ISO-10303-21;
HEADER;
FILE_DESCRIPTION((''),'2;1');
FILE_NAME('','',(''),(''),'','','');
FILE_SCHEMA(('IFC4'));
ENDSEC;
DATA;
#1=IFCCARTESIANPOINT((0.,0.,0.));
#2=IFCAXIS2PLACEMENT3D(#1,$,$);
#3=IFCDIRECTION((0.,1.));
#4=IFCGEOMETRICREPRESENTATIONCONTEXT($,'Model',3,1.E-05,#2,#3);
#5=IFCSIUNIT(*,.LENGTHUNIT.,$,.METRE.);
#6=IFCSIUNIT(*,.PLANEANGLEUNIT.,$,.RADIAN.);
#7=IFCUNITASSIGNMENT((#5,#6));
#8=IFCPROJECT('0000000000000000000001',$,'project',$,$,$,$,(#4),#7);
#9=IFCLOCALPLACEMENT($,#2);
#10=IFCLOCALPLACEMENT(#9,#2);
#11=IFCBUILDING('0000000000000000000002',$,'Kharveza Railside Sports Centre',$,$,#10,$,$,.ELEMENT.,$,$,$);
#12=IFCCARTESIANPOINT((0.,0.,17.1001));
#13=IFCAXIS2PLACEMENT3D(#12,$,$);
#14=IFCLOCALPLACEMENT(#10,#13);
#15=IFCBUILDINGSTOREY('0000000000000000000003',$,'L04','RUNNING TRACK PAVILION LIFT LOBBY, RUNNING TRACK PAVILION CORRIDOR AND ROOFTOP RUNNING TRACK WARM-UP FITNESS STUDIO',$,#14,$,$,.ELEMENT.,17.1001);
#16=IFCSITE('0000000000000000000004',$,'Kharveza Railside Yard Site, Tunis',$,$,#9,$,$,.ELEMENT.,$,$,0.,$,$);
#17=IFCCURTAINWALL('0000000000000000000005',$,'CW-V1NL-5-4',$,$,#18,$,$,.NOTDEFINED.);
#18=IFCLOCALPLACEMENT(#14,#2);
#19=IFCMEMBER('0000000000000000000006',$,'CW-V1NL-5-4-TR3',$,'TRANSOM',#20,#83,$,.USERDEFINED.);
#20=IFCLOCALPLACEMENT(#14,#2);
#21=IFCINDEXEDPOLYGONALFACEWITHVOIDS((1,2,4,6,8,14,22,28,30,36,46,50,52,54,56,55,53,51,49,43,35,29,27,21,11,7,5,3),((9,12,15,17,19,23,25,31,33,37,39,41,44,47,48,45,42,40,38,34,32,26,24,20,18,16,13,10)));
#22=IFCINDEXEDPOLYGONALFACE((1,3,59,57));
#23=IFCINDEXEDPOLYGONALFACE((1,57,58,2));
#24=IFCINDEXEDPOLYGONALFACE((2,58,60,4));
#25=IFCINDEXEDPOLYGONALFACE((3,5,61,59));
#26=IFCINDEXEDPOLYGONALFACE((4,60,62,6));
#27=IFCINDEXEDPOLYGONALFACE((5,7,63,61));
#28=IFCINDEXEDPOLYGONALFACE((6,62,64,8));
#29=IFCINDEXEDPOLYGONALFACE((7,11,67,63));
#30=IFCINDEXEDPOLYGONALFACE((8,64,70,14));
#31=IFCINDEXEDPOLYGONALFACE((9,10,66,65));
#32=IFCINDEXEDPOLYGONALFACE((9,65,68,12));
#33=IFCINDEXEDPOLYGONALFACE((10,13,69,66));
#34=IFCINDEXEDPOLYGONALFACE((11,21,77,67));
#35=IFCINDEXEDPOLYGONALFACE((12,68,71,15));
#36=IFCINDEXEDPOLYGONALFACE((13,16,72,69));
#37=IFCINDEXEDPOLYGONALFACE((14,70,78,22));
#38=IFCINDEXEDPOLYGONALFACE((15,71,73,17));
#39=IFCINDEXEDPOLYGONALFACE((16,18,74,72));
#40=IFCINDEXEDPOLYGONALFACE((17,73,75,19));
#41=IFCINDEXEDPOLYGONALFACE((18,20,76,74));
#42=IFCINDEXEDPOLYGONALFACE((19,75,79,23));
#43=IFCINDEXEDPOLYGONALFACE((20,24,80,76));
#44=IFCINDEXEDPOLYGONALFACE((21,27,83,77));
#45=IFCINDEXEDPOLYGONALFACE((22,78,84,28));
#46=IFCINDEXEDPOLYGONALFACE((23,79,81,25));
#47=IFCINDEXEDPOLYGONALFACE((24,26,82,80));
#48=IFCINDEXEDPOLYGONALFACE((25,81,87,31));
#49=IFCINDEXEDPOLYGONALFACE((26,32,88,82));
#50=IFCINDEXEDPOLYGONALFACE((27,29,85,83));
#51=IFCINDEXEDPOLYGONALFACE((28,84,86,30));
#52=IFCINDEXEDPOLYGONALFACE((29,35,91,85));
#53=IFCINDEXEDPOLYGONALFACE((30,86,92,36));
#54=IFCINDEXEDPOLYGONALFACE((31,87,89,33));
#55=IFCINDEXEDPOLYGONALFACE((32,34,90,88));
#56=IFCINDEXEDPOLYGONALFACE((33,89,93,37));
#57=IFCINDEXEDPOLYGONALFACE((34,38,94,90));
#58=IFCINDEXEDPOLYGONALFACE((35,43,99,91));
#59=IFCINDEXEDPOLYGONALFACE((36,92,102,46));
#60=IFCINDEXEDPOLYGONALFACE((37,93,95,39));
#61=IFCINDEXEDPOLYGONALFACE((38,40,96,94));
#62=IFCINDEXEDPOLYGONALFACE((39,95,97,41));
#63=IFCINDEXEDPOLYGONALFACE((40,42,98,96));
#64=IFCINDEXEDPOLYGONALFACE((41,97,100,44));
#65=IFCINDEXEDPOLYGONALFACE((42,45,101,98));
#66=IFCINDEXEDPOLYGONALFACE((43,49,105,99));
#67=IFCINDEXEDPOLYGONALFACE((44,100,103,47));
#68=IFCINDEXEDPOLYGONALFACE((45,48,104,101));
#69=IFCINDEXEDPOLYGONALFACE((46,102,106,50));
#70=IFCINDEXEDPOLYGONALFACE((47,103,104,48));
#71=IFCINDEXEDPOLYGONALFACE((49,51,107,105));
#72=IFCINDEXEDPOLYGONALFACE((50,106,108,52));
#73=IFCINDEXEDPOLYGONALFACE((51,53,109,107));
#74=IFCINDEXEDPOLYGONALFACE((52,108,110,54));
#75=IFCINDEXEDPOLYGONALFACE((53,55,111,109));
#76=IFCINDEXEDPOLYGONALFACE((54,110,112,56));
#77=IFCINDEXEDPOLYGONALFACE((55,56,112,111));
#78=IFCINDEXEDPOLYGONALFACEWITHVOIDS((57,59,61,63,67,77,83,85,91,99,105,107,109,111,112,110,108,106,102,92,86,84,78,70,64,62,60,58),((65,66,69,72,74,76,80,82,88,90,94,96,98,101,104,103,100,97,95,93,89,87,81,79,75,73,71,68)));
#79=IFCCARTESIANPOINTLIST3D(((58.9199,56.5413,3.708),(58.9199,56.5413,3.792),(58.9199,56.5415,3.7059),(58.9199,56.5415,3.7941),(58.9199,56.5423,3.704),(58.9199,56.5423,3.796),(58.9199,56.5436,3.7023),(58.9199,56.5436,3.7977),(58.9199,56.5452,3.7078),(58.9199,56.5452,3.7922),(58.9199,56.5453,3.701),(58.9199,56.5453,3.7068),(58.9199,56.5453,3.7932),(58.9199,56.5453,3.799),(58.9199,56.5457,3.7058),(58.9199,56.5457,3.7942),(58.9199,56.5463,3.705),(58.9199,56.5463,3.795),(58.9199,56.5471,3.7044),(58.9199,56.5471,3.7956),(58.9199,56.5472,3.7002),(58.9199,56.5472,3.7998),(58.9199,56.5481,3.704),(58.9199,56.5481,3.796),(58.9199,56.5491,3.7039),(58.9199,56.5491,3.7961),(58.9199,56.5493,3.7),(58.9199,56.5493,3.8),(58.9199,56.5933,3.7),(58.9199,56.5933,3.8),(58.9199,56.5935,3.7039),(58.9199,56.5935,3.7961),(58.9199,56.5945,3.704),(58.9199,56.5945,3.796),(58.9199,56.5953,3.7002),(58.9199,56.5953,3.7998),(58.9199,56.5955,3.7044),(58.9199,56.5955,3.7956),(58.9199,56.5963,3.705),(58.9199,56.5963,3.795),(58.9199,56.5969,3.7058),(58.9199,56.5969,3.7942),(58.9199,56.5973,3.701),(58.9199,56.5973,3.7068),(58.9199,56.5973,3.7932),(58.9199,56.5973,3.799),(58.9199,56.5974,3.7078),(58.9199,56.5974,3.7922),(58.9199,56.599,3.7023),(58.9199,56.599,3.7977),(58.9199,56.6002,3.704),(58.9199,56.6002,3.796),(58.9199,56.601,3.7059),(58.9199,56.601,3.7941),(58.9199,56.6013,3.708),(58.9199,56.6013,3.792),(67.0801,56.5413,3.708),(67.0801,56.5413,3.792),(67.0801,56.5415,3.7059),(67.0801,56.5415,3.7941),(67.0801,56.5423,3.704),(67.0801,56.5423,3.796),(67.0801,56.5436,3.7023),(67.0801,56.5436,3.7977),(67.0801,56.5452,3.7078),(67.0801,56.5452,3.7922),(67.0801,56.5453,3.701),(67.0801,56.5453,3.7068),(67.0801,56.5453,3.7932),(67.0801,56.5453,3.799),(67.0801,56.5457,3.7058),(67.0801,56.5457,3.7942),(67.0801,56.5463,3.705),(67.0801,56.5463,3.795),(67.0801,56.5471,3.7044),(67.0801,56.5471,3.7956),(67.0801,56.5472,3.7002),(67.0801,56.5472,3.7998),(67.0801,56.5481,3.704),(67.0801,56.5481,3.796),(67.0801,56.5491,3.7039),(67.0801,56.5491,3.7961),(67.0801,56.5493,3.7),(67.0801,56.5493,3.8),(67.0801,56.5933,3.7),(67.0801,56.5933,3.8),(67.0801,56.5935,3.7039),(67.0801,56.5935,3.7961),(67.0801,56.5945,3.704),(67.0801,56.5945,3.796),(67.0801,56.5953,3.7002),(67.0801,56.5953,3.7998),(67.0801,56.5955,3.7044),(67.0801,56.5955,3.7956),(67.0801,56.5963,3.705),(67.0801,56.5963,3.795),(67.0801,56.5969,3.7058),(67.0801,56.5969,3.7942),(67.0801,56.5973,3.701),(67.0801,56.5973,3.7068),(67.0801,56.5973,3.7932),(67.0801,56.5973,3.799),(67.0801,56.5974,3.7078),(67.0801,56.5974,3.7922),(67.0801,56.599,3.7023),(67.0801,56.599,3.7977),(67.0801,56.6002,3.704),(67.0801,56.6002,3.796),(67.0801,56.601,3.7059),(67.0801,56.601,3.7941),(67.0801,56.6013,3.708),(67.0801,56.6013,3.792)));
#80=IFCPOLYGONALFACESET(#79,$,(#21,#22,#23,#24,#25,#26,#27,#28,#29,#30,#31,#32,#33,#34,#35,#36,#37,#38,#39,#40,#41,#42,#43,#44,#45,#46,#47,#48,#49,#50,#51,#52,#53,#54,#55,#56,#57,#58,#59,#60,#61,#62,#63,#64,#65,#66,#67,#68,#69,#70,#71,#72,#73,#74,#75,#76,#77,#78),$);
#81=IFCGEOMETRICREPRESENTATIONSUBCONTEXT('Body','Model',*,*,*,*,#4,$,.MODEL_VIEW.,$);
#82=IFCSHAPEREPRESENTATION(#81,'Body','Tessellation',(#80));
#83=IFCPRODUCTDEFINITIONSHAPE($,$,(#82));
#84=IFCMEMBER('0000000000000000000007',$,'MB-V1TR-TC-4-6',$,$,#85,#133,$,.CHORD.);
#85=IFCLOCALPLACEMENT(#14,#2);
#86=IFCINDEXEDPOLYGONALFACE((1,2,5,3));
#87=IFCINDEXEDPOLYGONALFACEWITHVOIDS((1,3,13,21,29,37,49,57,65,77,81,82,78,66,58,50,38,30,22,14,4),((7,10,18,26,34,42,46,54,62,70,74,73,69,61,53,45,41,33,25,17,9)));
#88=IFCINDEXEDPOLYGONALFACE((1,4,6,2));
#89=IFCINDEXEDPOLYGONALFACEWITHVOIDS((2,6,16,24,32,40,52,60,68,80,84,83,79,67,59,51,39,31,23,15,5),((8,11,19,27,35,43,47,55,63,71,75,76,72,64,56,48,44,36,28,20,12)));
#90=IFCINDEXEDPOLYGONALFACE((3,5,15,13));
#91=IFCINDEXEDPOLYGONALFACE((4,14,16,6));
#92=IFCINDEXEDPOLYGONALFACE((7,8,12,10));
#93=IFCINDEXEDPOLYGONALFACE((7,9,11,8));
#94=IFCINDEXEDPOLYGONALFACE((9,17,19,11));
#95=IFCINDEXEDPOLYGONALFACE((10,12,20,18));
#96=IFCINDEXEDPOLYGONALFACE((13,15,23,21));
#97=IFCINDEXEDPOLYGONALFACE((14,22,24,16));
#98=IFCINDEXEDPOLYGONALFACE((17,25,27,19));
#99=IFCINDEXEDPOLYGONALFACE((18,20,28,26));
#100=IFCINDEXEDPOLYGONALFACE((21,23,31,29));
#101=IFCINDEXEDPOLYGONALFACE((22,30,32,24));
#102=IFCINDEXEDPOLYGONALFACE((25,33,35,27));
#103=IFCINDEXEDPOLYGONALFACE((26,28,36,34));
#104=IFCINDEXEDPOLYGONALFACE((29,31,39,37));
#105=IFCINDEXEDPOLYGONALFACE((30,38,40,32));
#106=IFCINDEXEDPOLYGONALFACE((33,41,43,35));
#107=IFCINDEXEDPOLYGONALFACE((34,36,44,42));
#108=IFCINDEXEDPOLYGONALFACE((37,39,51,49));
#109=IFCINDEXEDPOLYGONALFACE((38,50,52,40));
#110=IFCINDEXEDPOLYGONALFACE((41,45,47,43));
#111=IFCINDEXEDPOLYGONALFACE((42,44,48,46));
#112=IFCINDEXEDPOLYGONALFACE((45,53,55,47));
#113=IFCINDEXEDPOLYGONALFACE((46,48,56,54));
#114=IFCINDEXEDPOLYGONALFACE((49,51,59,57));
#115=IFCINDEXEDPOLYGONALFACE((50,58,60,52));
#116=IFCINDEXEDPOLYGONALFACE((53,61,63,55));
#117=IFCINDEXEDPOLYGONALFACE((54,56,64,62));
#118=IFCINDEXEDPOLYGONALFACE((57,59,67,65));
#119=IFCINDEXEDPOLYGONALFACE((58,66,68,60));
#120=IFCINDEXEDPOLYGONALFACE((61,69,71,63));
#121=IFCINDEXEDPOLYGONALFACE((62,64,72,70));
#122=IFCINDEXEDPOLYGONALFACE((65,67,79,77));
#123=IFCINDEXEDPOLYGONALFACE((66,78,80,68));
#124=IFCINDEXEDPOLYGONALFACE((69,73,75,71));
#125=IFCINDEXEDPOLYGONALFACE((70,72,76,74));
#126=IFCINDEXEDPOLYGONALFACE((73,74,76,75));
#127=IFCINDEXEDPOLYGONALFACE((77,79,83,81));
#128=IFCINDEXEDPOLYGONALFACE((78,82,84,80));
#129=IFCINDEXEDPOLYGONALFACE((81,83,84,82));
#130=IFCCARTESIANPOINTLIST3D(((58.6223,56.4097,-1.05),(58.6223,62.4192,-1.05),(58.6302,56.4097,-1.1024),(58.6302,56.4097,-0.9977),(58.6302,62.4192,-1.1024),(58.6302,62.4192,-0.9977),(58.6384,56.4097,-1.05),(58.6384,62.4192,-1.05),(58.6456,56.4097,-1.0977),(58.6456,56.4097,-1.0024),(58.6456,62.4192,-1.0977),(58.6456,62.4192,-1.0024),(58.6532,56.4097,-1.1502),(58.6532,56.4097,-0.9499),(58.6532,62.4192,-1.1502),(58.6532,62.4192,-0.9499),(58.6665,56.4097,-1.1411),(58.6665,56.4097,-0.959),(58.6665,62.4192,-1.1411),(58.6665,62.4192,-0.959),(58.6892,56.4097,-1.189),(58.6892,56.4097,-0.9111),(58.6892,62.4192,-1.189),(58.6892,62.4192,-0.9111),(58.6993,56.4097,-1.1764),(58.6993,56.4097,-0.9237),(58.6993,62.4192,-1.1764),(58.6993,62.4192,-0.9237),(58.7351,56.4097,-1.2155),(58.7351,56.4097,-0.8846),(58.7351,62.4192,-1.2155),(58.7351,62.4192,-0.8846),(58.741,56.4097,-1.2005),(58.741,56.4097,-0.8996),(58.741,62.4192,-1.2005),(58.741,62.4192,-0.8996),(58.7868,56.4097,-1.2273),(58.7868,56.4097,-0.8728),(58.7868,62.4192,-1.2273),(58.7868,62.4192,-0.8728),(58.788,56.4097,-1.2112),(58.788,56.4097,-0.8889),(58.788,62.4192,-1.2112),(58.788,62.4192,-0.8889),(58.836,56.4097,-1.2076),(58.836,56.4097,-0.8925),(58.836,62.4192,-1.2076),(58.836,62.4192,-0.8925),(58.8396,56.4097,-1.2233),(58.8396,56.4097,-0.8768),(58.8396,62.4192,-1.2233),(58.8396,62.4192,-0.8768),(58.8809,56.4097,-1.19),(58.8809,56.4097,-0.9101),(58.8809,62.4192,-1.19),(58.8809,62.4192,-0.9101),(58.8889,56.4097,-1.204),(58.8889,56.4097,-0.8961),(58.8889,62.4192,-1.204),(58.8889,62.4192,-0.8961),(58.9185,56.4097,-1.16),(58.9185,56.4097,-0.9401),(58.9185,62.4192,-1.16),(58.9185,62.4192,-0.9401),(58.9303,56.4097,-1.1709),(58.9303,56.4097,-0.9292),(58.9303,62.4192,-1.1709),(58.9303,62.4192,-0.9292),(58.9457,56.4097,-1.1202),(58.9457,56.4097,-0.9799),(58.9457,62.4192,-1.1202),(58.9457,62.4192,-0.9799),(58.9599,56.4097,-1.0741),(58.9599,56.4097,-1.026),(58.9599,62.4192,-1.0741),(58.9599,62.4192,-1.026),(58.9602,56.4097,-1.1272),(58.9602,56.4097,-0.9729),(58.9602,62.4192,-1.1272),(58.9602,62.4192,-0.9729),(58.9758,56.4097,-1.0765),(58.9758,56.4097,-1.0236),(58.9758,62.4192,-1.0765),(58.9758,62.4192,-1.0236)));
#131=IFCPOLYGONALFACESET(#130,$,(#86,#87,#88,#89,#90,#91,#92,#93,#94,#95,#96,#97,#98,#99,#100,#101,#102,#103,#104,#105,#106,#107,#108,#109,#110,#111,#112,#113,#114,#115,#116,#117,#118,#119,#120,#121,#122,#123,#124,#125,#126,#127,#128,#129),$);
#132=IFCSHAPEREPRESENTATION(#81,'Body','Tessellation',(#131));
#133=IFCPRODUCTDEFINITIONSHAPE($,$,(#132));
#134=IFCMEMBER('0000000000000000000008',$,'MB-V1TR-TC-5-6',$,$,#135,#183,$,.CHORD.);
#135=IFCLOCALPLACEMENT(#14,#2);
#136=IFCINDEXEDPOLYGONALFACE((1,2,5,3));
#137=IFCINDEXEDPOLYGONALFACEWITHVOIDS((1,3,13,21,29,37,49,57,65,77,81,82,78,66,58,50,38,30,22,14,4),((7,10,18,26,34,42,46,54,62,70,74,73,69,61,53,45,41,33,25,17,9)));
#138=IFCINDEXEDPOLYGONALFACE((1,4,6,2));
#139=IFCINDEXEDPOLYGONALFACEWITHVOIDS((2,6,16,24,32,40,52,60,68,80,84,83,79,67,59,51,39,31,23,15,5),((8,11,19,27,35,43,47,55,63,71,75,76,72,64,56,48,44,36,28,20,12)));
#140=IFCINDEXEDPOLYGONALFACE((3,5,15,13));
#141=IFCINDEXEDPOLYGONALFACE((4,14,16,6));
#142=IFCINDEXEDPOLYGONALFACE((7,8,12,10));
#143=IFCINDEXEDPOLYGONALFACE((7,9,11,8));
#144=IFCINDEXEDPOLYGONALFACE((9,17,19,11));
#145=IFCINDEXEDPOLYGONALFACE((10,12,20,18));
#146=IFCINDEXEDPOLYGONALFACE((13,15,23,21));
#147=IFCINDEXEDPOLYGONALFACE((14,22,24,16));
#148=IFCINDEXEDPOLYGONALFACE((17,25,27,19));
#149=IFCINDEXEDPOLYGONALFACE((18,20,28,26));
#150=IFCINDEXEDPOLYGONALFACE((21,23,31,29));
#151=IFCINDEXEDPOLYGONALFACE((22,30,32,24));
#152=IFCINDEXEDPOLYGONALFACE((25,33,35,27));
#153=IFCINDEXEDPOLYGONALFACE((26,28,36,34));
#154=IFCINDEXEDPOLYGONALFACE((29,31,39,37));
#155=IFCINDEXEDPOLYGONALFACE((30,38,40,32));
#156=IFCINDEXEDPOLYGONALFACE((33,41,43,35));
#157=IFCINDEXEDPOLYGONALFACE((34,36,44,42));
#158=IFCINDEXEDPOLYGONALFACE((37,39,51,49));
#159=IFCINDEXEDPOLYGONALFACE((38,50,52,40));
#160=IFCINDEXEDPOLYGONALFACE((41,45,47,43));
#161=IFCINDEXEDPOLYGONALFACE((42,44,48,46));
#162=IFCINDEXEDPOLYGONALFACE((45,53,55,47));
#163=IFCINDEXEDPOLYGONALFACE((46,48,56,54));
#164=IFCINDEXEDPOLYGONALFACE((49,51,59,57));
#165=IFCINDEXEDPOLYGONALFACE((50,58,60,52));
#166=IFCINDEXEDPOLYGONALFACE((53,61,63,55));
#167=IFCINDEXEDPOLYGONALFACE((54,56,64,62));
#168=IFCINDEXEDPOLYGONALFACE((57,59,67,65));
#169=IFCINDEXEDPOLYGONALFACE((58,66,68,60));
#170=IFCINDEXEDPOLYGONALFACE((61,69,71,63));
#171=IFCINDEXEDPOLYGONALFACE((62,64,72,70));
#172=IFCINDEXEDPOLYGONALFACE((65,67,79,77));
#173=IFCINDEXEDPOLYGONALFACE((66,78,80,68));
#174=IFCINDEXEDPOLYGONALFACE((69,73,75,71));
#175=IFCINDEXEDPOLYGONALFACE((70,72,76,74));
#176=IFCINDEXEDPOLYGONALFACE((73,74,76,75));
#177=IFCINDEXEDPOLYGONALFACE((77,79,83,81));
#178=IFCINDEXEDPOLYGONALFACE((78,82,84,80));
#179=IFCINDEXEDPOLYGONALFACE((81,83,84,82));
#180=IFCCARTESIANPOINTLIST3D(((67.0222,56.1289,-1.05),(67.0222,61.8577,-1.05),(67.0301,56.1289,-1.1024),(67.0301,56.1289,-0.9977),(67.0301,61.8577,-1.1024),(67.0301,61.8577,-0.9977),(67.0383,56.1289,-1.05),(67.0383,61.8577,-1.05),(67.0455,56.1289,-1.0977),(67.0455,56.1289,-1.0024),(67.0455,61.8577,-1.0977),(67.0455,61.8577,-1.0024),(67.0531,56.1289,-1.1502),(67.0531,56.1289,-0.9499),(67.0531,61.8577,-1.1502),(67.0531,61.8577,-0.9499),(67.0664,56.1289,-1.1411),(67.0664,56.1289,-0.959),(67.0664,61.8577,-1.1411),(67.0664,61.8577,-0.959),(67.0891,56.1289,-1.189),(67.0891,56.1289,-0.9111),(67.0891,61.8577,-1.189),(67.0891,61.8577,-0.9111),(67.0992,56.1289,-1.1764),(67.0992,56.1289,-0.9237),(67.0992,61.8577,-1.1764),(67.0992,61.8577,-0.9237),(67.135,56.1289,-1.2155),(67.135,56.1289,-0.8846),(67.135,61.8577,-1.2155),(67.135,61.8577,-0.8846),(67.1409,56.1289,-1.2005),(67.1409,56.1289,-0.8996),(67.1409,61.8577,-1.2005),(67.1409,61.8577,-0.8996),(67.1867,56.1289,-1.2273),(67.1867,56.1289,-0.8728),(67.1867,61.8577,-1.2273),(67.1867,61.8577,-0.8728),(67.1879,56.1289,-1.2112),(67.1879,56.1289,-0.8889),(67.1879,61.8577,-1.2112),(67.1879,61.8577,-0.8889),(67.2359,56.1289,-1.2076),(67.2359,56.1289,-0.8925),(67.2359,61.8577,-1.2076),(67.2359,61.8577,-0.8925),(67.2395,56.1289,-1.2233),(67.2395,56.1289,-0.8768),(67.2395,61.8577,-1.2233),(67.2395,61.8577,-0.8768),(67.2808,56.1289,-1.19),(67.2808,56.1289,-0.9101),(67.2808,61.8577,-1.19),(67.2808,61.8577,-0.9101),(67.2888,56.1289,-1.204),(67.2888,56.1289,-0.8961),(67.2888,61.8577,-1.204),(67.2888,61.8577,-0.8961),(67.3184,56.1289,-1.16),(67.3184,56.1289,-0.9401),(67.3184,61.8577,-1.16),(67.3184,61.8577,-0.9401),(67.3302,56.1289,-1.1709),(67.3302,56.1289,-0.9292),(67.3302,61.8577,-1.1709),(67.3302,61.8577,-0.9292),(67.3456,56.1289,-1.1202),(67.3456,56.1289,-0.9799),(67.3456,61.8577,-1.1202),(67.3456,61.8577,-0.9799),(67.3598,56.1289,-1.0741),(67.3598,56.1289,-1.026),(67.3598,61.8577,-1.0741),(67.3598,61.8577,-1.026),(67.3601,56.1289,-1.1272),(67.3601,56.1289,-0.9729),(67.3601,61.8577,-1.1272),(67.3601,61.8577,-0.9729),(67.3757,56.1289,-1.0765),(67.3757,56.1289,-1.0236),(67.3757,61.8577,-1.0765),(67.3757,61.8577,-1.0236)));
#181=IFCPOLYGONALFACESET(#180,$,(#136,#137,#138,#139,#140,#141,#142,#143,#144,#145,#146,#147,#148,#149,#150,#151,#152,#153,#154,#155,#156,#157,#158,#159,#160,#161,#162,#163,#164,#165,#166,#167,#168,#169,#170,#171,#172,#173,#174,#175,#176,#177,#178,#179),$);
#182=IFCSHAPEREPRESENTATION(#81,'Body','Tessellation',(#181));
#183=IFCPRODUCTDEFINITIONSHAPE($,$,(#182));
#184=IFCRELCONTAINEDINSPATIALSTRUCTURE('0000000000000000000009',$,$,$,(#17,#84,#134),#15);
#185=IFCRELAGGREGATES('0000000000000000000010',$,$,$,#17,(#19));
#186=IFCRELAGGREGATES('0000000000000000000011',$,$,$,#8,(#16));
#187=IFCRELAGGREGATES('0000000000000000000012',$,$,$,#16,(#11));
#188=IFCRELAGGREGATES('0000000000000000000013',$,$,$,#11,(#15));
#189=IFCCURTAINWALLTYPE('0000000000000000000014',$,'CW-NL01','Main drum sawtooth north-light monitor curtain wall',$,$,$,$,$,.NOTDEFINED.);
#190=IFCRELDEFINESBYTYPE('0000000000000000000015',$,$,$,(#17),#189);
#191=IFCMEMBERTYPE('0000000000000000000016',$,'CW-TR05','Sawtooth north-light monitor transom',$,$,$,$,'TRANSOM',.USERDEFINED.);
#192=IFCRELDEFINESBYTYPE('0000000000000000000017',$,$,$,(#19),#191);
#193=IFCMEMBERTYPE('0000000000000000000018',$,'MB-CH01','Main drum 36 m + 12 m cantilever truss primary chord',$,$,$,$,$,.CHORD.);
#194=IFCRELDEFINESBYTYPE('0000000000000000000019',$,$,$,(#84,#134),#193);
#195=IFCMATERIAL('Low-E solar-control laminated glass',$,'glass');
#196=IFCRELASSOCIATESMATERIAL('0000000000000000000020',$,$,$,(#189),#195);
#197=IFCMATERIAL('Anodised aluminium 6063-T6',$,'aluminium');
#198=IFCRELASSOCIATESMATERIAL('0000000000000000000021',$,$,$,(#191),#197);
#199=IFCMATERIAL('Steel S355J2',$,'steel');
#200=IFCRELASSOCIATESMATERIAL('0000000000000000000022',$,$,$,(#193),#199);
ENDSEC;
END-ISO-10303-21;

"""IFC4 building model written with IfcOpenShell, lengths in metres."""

from ifc_helpers import new_model, si_unit, direction, frame, origin, origin_2d, place, context, subcontext, project, spatial, hollow_rectangle, hollow_circle, extrude, material, material_profile, profile_set, type_object, element, aggregate, save


model = new_model("IFC4")

# Units and contexts
model_context = context("Model", 3, precision=1e-05, world=origin(), true_north=direction((0.0, 1.0)))
body_context = subcontext(model_context, "Body", "Model", "MODEL_VIEW")
ifc_project = project(units=[si_unit("LENGTHUNIT", "METRE"), si_unit("PLANEANGLEUNIT", "RADIAN")], contexts=[model_context])

# Site, building, storey
site_placement = place(None, origin())
site = spatial("IfcSite", under=ifc_project, at=site_placement, Name="Kharveza Railside Yard Site, Tunis", CompositionType="ELEMENT", RefElevation=0.0)
building_placement = place(site_placement, origin())
building = spatial("IfcBuilding", under=site, at=building_placement, Name="Kharveza Railside Sports Centre", CompositionType="ELEMENT")
storey_placement = place(building_placement, frame((0.0, 0.0, 17.1001)))
storey = spatial("IfcBuildingStorey", under=building, at=storey_placement, Name="L04", Description="RUNNING TRACK PAVILION LIFT LOBBY, RUNNING TRACK PAVILION CORRIDOR AND ROOFTOP RUNNING TRACK WARM-UP FITNESS STUDIO", CompositionType="ELEMENT", Elevation=17.1001)

# Curtain wall
ifc_material_1 = material(Name="Low-E solar-control laminated glass", Category="glass")
curtain_wall_type = type_object("IfcCurtainWallType", Name="CW-NL01", Description="Main drum sawtooth north-light monitor curtain wall", PredefinedType="NOTDEFINED", material=ifc_material_1)
ifc_material_2 = material(Name="Anodised aluminium 6063-T6", Category="aluminium")
curtain_wall_1_placement = place(storey_placement, origin())
curtain_wall_1 = element("IfcCurtainWall", 1, at=curtain_wall_1_placement, inside=storey, type_object=curtain_wall_type, Name="CW-V1NL-5-4", PredefinedType="NOTDEFINED")

# Member
ifc_material_profile_1 = material_profile(ifc_material_2, hollow_rectangle(XDim=0.0601, YDim=0.1001, WallThickness=0.0039, InnerFilletRadius=0.0039, OuterFilletRadius=0.0081, at=origin_2d()), Name="RHS 60x100x4.0")
ifc_profile_set_1 = profile_set([ifc_material_profile_1], Name="Anodised aluminium 6063-T6")
member_type_1 = type_object("IfcMemberType", Name="CW-TR05", Description="Sawtooth north-light monitor transom", ElementType="TRANSOM", PredefinedType="USERDEFINED", material=ifc_profile_set_1)
member_1_placement = place(storey_placement, frame((58.9199, 56.5713, 3.75), z_axis=(1.0, 0.0, 0.0), x_axis=(0.0, 1.0, 0.0)))
member_1 = element("IfcMember", 2, at=member_1_placement, type_object=member_type_1, Name="CW-V1NL-5-4-TR3", ObjectType="TRANSOM", PredefinedType="USERDEFINED", context=body_context, shape_type="SweptSolid", body=[
    extrude(hollow_rectangle(XDim=0.0601, YDim=0.1001, WallThickness=0.0039, InnerFilletRadius=0.0039, OuterFilletRadius=0.0081, at=origin_2d()), origin(), (0.0, 0.0, 1.0), 8.1602),
])

# Members
ifc_material_3 = material(Name="Steel S355J2", Category="steel")
ifc_material_profile_2 = material_profile(ifc_material_3, hollow_circle(Radius=0.1777, WallThickness=0.0161, at=origin_2d()), Name="CHS 355.6x16.0")
ifc_profile_set_2 = profile_set([ifc_material_profile_2], Name="Steel S355J2")
member_type_2 = type_object("IfcMemberType", Name="MB-CH01", Description="Main drum 36 m + 12 m cantilever truss primary chord", PredefinedType="CHORD", material=ifc_profile_set_2)
member_2_placement = place(storey_placement, frame((58.8, 56.4097, -1.05), z_axis=(0.0, 1.0, 0.0), x_axis=(-1.0, 0.0, 0.0)))
element("IfcMember", 3, at=member_2_placement, inside=storey, type_object=member_type_2, Name="MB-V1TR-TC-4-6", PredefinedType="CHORD", context=body_context, shape_type="SweptSolid", body=[
    extrude(hollow_circle(Radius=0.1777, WallThickness=0.0161, at=origin_2d()), origin(), (0.0, 0.0, 1.0), 6.0095),
])
member_3_placement = place(storey_placement, frame((67.2, 56.1289, -1.05), z_axis=(0.0, 1.0, 0.0), x_axis=(-1.0, 0.0, 0.0)))
element("IfcMember", 4, at=member_3_placement, inside=storey, type_object=member_type_2, Name="MB-V1TR-TC-5-6", PredefinedType="CHORD", context=body_context, shape_type="SweptSolid", body=[
    extrude(hollow_circle(Radius=0.1777, WallThickness=0.0161, at=origin_2d()), origin(), (0.0, 0.0, 1.0), 5.7288),
])

aggregate(curtain_wall_1, [member_1])

save(model, "model.ifc")
